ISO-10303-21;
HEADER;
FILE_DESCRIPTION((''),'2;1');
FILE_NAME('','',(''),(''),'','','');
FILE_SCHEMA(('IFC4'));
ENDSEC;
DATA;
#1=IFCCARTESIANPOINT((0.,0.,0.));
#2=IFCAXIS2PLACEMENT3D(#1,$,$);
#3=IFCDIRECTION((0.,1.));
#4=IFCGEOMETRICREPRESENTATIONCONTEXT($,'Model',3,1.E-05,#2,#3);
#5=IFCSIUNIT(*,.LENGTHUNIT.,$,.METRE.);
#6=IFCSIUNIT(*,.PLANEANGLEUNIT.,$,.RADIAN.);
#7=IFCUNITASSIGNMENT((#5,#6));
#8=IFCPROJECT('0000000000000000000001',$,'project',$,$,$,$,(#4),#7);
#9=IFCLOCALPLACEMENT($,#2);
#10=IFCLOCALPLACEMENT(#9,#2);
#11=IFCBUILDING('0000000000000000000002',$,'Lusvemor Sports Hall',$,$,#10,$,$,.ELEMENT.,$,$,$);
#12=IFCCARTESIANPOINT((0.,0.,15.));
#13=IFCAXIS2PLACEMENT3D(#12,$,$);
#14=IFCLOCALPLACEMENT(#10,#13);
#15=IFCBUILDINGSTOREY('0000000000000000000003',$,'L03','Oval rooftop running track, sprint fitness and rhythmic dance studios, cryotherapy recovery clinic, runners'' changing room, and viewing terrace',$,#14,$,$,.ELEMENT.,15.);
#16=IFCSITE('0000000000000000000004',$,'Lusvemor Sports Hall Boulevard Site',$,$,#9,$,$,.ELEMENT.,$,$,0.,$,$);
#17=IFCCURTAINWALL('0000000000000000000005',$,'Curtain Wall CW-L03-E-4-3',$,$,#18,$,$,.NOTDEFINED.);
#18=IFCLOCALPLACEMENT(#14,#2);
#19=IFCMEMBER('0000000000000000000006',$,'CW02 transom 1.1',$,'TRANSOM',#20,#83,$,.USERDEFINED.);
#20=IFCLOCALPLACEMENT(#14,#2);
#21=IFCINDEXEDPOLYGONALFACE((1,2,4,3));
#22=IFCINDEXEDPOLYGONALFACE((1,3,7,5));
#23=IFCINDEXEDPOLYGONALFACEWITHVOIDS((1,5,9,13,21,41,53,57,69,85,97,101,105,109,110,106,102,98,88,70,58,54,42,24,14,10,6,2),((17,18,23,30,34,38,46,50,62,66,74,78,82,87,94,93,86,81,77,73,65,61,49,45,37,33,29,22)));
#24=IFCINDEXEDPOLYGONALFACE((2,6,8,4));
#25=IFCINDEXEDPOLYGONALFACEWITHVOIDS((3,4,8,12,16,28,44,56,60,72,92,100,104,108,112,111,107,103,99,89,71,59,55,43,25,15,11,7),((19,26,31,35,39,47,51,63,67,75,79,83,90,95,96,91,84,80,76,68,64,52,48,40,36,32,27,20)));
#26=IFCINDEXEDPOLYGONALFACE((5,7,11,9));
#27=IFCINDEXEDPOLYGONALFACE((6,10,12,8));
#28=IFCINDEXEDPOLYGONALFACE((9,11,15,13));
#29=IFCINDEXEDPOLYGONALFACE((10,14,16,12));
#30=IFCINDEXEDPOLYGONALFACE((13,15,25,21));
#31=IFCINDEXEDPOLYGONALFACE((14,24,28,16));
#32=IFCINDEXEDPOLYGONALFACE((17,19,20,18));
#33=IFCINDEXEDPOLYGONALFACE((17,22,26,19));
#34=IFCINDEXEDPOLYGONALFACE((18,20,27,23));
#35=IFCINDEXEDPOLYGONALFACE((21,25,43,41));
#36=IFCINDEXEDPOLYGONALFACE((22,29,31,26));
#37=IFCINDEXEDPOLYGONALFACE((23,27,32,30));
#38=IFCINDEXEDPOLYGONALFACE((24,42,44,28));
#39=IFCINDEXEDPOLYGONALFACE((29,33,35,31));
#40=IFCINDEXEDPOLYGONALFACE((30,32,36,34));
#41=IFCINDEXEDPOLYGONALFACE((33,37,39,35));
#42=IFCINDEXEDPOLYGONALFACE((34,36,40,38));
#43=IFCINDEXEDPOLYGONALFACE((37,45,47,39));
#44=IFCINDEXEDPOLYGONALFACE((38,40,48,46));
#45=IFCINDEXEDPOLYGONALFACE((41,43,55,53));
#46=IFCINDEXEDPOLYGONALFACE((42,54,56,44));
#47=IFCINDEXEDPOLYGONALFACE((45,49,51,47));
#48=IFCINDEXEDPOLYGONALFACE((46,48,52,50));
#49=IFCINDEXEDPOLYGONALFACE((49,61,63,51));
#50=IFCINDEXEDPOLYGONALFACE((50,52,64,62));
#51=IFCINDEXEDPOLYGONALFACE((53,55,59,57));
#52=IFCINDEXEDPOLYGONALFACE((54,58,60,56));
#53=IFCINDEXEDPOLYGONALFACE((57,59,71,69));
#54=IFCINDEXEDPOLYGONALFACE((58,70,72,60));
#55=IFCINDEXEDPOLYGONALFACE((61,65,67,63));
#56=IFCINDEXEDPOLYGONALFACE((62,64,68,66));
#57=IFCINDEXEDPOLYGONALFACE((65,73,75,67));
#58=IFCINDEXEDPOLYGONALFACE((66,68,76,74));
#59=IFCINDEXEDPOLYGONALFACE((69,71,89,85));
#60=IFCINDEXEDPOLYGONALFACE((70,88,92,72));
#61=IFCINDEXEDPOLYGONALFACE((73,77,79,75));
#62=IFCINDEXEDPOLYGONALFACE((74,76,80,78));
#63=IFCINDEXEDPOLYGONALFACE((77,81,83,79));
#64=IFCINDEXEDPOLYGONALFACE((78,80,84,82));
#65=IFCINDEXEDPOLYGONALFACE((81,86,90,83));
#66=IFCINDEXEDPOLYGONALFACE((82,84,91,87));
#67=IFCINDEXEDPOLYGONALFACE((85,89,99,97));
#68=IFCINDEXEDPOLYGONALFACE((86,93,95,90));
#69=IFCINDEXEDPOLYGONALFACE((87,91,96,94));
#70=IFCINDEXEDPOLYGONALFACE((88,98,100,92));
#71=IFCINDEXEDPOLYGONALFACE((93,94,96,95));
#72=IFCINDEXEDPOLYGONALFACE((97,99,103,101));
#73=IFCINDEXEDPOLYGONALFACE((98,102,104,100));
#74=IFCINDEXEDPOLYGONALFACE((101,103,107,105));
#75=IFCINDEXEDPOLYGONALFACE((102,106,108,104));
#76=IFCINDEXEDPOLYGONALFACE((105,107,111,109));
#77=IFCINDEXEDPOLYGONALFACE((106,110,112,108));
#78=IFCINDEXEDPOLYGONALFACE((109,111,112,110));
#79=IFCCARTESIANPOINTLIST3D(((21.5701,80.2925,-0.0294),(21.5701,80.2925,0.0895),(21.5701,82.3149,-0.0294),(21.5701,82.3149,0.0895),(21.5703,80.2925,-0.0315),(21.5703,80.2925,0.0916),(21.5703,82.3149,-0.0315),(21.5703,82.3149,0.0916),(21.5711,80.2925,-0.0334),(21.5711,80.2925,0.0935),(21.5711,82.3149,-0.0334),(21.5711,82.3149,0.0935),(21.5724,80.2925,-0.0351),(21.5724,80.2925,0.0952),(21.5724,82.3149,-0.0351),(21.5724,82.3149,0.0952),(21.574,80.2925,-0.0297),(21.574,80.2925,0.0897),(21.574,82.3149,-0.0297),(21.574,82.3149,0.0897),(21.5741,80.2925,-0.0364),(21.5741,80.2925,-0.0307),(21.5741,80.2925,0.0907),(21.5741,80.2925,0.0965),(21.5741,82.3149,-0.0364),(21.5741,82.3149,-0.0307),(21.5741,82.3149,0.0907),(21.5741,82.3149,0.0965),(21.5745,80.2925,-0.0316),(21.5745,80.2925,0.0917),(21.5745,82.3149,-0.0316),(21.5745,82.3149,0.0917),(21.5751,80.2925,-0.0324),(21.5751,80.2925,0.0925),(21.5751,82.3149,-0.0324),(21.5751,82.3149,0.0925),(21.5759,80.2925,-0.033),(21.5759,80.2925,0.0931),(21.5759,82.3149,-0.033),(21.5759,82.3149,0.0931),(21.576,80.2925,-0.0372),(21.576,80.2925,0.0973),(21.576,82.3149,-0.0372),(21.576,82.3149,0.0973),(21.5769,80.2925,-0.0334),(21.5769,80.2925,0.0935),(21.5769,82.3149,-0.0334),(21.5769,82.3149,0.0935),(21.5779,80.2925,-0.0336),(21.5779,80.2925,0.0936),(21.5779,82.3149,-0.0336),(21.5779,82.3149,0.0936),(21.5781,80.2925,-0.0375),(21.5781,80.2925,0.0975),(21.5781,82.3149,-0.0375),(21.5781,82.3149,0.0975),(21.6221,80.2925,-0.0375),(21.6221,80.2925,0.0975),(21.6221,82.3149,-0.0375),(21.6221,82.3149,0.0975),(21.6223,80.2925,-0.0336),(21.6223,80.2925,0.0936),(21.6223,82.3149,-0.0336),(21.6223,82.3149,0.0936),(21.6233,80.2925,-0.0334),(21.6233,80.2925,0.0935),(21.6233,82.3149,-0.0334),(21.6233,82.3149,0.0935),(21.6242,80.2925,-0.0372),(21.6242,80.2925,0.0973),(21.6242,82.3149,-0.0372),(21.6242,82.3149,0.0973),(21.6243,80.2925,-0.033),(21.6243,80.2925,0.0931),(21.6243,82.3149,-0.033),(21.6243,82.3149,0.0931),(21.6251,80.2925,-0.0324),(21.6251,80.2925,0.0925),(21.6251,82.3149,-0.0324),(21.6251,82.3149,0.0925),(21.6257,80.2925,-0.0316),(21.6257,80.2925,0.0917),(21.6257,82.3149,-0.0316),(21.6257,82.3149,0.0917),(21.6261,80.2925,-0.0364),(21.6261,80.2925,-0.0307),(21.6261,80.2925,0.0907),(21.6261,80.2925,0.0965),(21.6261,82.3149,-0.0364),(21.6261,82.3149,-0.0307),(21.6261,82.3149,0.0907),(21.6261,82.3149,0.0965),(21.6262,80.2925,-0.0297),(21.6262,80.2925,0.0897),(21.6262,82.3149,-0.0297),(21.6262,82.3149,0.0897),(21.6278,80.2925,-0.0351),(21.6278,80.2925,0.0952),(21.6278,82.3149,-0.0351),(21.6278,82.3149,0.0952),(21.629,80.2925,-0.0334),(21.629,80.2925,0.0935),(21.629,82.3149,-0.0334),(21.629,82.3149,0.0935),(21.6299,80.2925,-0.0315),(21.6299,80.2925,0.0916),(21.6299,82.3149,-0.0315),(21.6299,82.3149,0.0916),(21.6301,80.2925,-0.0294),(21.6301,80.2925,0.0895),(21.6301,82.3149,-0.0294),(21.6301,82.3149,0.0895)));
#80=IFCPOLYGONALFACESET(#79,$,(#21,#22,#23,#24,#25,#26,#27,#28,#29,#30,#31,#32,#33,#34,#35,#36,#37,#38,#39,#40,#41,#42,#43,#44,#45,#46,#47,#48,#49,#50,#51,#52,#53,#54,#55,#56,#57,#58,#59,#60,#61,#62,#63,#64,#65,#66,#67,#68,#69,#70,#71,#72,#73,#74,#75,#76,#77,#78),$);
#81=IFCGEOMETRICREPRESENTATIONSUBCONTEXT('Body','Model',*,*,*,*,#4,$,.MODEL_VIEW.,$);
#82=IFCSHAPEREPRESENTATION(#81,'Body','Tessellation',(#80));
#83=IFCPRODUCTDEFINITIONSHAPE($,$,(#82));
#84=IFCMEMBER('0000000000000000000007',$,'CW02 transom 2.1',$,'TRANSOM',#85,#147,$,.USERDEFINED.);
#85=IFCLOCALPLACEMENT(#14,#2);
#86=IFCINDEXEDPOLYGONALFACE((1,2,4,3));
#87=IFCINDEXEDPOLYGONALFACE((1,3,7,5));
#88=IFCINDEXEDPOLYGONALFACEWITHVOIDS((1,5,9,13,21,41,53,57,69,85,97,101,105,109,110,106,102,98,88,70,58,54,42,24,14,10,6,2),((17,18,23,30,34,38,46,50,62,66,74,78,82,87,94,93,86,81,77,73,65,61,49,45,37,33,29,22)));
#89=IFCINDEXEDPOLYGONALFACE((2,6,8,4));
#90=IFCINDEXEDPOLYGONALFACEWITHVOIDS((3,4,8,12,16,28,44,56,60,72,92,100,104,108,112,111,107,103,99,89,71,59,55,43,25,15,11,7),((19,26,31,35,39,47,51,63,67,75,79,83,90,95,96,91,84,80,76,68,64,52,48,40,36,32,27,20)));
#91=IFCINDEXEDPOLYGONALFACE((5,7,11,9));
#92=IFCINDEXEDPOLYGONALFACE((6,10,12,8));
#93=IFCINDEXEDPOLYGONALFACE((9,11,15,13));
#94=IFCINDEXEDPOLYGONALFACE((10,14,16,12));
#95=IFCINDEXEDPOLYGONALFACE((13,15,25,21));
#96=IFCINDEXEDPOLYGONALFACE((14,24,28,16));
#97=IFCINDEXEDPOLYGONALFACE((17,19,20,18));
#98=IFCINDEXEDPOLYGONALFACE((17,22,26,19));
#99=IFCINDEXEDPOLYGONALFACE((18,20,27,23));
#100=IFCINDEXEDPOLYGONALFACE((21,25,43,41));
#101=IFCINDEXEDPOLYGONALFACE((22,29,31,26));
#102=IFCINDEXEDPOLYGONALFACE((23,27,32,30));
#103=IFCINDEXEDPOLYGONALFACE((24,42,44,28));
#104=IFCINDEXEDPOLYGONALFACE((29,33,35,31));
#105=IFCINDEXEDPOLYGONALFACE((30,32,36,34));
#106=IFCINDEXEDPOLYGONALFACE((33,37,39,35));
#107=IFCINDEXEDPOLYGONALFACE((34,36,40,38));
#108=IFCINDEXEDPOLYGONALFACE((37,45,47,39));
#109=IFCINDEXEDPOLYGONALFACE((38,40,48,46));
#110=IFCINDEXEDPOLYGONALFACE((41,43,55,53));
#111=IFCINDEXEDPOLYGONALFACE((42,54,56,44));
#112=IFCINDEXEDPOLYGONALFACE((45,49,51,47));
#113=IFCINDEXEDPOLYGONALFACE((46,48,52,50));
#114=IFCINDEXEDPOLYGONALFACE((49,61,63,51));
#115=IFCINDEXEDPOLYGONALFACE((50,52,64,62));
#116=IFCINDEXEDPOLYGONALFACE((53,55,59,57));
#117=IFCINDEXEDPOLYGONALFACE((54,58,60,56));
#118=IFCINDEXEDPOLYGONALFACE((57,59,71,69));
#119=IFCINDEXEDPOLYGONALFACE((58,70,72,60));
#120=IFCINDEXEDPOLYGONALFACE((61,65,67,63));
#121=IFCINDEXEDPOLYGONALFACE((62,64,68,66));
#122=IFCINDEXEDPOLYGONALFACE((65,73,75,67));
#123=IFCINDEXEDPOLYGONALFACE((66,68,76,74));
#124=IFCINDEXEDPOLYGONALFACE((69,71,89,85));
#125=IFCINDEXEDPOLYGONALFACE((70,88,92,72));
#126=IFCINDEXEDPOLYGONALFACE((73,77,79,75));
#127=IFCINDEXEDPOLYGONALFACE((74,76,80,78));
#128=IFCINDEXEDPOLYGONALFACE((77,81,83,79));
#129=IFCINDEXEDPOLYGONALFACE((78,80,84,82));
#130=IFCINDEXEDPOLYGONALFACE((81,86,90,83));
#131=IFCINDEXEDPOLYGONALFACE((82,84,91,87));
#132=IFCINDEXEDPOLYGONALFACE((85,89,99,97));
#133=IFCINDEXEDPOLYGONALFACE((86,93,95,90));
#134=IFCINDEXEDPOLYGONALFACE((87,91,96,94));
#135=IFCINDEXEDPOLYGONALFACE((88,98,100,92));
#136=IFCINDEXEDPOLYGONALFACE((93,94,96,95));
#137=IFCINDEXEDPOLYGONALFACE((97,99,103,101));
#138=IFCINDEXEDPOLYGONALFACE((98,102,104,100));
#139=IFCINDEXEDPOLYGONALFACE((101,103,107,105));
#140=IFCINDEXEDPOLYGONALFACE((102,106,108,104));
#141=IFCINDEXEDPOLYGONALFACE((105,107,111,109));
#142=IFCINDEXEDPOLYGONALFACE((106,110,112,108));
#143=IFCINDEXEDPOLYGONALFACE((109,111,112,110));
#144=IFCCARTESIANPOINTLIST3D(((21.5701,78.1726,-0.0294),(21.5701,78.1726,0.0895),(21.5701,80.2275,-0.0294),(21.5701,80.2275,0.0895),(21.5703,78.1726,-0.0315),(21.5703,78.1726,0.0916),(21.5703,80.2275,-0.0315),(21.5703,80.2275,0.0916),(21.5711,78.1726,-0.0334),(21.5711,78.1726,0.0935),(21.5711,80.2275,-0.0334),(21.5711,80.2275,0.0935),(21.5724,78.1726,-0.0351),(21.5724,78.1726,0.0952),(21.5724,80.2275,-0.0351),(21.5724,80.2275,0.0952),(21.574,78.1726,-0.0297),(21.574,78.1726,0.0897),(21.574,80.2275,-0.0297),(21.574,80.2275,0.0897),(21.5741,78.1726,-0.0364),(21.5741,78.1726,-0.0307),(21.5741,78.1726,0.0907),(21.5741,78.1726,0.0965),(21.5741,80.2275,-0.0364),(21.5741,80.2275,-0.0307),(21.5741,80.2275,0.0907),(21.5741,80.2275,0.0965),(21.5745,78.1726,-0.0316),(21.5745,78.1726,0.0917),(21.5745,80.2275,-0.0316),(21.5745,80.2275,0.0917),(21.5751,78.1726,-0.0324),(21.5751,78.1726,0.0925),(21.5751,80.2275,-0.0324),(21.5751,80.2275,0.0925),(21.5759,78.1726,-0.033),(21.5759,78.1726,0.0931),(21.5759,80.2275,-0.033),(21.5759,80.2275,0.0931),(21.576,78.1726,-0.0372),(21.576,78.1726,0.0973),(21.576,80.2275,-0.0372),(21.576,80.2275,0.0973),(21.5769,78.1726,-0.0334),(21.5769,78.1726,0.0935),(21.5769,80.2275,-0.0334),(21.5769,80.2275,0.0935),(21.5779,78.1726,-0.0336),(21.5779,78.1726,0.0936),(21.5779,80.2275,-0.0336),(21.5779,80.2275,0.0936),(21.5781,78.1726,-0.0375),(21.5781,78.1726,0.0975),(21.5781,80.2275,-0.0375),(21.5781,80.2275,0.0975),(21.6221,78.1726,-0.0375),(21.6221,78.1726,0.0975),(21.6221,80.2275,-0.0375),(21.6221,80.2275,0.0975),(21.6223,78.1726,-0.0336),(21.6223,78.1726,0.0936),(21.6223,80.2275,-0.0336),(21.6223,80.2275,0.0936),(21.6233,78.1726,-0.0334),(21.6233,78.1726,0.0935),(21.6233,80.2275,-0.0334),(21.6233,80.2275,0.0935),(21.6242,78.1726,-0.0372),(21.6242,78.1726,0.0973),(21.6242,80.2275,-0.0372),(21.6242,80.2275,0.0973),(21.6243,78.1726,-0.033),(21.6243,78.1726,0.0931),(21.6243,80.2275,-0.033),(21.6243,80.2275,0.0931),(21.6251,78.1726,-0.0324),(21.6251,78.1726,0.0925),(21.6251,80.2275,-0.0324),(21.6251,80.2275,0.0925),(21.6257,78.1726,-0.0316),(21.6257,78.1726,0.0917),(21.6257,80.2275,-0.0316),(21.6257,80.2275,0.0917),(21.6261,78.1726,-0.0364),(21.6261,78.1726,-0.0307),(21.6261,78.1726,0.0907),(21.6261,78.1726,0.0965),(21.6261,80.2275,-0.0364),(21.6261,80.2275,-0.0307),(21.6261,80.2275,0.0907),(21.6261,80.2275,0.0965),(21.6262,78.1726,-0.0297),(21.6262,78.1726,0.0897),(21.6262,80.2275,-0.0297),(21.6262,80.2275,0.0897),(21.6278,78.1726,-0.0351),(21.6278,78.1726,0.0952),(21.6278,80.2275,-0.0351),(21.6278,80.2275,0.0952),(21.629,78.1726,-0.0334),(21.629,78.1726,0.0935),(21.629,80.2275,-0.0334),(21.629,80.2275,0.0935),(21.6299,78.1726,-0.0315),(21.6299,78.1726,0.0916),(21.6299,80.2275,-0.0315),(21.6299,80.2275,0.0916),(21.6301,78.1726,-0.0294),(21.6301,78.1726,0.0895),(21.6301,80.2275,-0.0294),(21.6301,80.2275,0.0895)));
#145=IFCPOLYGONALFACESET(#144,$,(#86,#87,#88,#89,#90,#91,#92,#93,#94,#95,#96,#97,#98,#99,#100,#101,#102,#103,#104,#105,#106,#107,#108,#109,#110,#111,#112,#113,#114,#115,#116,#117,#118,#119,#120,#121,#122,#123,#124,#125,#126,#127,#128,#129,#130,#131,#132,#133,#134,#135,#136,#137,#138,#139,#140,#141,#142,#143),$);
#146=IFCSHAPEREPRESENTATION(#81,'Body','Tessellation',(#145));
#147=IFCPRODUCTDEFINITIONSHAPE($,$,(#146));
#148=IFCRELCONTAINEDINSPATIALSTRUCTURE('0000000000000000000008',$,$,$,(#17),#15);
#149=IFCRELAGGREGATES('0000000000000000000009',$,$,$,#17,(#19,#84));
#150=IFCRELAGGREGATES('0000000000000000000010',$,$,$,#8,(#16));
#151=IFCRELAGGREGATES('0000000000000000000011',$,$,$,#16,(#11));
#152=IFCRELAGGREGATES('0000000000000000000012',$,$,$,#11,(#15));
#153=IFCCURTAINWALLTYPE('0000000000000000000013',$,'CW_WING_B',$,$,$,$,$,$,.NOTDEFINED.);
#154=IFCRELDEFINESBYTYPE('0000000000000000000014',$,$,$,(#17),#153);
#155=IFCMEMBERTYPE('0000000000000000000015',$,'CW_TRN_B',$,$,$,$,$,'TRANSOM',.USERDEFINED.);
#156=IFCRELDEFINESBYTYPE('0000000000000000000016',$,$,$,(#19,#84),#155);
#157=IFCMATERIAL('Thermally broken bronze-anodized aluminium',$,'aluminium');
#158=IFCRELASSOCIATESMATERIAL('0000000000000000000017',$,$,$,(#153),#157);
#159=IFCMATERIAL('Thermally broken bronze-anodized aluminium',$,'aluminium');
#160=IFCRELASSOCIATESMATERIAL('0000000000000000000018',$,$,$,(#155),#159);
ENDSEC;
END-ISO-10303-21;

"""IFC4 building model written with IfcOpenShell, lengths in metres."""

from ifc_helpers import new_model, si_unit, direction, frame, origin, origin_2d, place, context, subcontext, project, spatial, hollow_rectangle, extrude, material, material_profile, profile_set, type_object, element, aggregate, save


model = new_model("IFC4")

# Units and contexts
model_context = context("Model", 3, precision=1e-05, world=origin(), true_north=direction((0.0, 1.0)))
body_context = subcontext(model_context, "Body", "Model", "MODEL_VIEW")
ifc_project = project(units=[si_unit("LENGTHUNIT", "METRE"), si_unit("PLANEANGLEUNIT", "RADIAN")], contexts=[model_context])

# Site, building, storey
site_placement = place(None, origin())
site = spatial("IfcSite", under=ifc_project, at=site_placement, Name="Lusvemor Sports Hall Boulevard Site", CompositionType="ELEMENT", RefElevation=0.0)
building_placement = place(site_placement, origin())
building = spatial("IfcBuilding", under=site, at=building_placement, Name="Lusvemor Sports Hall", CompositionType="ELEMENT")
storey_placement = place(building_placement, frame((0.0, 0.0, 15.0)))
storey = spatial("IfcBuildingStorey", under=building, at=storey_placement, Name="L03", Description="Oval rooftop running track, sprint fitness and rhythmic dance studios, cryotherapy recovery clinic, runners' changing room, and viewing terrace", CompositionType="ELEMENT", Elevation=15.0)

# Curtain wall, members
ifc_material_1 = material(Name="Thermally broken bronze-anodized aluminium", Category="aluminium")
curtain_wall_type = type_object("IfcCurtainWallType", Name="CW_WING_B", PredefinedType="NOTDEFINED", material=ifc_material_1)
curtain_wall_placement = place(storey_placement, origin())
curtain_wall = element("IfcCurtainWall", 1, at=curtain_wall_placement, inside=storey, type_object=curtain_wall_type, Name="Curtain Wall CW-L03-E-4-3", PredefinedType="NOTDEFINED")
ifc_material_2 = material(Name="Thermally broken bronze-anodized aluminium", Category="aluminium")
ifc_material_profile_1 = material_profile(ifc_material_2, hollow_rectangle(XDim=0.0601, YDim=0.135, WallThickness=0.0039, InnerFilletRadius=0.0039, OuterFilletRadius=0.0081, at=origin_2d()), Name="CWTRN135x60x4")
ifc_profile_set_1 = profile_set([ifc_material_profile_1], Name="Thermally broken bronze-anodized aluminium")
member_type_1 = type_object("IfcMemberType", Name="CW_TRN_B", ElementType="TRANSOM", PredefinedType="USERDEFINED", material=ifc_profile_set_1)
member_1_placement = place(storey_placement, frame((21.6001, 82.3149, 0.03), z_axis=(0.0, -1.0, 0.0), x_axis=(1.0, 0.0, 0.0)))
member_1 = element("IfcMember", 2, at=member_1_placement, type_object=member_type_1, Name="CW02 transom 1.1", ObjectType="TRANSOM", PredefinedType="USERDEFINED", context=body_context, shape_type="SweptSolid", body=[
    extrude(hollow_rectangle(XDim=0.0601, YDim=0.135, WallThickness=0.0039, InnerFilletRadius=0.0039, OuterFilletRadius=0.0081, at=origin_2d()), origin(), (0.0, 0.0, 1.0), 2.0225),
])
member_2_placement = place(storey_placement, frame((21.6001, 80.2275, 0.03), z_axis=(0.0, -1.0, 0.0), x_axis=(1.0, 0.0, 0.0)))
member_2 = element("IfcMember", 3, at=member_2_placement, type_object=member_type_1, Name="CW02 transom 2.1", ObjectType="TRANSOM", PredefinedType="USERDEFINED", context=body_context, shape_type="SweptSolid", body=[
    extrude(hollow_rectangle(XDim=0.0601, YDim=0.135, WallThickness=0.0039, InnerFilletRadius=0.0039, OuterFilletRadius=0.0081, at=origin_2d()), origin(), (0.0, 0.0, 1.0), 2.0549),
])

aggregate(curtain_wall, [member_1, member_2])

save(model, "model.ifc")
